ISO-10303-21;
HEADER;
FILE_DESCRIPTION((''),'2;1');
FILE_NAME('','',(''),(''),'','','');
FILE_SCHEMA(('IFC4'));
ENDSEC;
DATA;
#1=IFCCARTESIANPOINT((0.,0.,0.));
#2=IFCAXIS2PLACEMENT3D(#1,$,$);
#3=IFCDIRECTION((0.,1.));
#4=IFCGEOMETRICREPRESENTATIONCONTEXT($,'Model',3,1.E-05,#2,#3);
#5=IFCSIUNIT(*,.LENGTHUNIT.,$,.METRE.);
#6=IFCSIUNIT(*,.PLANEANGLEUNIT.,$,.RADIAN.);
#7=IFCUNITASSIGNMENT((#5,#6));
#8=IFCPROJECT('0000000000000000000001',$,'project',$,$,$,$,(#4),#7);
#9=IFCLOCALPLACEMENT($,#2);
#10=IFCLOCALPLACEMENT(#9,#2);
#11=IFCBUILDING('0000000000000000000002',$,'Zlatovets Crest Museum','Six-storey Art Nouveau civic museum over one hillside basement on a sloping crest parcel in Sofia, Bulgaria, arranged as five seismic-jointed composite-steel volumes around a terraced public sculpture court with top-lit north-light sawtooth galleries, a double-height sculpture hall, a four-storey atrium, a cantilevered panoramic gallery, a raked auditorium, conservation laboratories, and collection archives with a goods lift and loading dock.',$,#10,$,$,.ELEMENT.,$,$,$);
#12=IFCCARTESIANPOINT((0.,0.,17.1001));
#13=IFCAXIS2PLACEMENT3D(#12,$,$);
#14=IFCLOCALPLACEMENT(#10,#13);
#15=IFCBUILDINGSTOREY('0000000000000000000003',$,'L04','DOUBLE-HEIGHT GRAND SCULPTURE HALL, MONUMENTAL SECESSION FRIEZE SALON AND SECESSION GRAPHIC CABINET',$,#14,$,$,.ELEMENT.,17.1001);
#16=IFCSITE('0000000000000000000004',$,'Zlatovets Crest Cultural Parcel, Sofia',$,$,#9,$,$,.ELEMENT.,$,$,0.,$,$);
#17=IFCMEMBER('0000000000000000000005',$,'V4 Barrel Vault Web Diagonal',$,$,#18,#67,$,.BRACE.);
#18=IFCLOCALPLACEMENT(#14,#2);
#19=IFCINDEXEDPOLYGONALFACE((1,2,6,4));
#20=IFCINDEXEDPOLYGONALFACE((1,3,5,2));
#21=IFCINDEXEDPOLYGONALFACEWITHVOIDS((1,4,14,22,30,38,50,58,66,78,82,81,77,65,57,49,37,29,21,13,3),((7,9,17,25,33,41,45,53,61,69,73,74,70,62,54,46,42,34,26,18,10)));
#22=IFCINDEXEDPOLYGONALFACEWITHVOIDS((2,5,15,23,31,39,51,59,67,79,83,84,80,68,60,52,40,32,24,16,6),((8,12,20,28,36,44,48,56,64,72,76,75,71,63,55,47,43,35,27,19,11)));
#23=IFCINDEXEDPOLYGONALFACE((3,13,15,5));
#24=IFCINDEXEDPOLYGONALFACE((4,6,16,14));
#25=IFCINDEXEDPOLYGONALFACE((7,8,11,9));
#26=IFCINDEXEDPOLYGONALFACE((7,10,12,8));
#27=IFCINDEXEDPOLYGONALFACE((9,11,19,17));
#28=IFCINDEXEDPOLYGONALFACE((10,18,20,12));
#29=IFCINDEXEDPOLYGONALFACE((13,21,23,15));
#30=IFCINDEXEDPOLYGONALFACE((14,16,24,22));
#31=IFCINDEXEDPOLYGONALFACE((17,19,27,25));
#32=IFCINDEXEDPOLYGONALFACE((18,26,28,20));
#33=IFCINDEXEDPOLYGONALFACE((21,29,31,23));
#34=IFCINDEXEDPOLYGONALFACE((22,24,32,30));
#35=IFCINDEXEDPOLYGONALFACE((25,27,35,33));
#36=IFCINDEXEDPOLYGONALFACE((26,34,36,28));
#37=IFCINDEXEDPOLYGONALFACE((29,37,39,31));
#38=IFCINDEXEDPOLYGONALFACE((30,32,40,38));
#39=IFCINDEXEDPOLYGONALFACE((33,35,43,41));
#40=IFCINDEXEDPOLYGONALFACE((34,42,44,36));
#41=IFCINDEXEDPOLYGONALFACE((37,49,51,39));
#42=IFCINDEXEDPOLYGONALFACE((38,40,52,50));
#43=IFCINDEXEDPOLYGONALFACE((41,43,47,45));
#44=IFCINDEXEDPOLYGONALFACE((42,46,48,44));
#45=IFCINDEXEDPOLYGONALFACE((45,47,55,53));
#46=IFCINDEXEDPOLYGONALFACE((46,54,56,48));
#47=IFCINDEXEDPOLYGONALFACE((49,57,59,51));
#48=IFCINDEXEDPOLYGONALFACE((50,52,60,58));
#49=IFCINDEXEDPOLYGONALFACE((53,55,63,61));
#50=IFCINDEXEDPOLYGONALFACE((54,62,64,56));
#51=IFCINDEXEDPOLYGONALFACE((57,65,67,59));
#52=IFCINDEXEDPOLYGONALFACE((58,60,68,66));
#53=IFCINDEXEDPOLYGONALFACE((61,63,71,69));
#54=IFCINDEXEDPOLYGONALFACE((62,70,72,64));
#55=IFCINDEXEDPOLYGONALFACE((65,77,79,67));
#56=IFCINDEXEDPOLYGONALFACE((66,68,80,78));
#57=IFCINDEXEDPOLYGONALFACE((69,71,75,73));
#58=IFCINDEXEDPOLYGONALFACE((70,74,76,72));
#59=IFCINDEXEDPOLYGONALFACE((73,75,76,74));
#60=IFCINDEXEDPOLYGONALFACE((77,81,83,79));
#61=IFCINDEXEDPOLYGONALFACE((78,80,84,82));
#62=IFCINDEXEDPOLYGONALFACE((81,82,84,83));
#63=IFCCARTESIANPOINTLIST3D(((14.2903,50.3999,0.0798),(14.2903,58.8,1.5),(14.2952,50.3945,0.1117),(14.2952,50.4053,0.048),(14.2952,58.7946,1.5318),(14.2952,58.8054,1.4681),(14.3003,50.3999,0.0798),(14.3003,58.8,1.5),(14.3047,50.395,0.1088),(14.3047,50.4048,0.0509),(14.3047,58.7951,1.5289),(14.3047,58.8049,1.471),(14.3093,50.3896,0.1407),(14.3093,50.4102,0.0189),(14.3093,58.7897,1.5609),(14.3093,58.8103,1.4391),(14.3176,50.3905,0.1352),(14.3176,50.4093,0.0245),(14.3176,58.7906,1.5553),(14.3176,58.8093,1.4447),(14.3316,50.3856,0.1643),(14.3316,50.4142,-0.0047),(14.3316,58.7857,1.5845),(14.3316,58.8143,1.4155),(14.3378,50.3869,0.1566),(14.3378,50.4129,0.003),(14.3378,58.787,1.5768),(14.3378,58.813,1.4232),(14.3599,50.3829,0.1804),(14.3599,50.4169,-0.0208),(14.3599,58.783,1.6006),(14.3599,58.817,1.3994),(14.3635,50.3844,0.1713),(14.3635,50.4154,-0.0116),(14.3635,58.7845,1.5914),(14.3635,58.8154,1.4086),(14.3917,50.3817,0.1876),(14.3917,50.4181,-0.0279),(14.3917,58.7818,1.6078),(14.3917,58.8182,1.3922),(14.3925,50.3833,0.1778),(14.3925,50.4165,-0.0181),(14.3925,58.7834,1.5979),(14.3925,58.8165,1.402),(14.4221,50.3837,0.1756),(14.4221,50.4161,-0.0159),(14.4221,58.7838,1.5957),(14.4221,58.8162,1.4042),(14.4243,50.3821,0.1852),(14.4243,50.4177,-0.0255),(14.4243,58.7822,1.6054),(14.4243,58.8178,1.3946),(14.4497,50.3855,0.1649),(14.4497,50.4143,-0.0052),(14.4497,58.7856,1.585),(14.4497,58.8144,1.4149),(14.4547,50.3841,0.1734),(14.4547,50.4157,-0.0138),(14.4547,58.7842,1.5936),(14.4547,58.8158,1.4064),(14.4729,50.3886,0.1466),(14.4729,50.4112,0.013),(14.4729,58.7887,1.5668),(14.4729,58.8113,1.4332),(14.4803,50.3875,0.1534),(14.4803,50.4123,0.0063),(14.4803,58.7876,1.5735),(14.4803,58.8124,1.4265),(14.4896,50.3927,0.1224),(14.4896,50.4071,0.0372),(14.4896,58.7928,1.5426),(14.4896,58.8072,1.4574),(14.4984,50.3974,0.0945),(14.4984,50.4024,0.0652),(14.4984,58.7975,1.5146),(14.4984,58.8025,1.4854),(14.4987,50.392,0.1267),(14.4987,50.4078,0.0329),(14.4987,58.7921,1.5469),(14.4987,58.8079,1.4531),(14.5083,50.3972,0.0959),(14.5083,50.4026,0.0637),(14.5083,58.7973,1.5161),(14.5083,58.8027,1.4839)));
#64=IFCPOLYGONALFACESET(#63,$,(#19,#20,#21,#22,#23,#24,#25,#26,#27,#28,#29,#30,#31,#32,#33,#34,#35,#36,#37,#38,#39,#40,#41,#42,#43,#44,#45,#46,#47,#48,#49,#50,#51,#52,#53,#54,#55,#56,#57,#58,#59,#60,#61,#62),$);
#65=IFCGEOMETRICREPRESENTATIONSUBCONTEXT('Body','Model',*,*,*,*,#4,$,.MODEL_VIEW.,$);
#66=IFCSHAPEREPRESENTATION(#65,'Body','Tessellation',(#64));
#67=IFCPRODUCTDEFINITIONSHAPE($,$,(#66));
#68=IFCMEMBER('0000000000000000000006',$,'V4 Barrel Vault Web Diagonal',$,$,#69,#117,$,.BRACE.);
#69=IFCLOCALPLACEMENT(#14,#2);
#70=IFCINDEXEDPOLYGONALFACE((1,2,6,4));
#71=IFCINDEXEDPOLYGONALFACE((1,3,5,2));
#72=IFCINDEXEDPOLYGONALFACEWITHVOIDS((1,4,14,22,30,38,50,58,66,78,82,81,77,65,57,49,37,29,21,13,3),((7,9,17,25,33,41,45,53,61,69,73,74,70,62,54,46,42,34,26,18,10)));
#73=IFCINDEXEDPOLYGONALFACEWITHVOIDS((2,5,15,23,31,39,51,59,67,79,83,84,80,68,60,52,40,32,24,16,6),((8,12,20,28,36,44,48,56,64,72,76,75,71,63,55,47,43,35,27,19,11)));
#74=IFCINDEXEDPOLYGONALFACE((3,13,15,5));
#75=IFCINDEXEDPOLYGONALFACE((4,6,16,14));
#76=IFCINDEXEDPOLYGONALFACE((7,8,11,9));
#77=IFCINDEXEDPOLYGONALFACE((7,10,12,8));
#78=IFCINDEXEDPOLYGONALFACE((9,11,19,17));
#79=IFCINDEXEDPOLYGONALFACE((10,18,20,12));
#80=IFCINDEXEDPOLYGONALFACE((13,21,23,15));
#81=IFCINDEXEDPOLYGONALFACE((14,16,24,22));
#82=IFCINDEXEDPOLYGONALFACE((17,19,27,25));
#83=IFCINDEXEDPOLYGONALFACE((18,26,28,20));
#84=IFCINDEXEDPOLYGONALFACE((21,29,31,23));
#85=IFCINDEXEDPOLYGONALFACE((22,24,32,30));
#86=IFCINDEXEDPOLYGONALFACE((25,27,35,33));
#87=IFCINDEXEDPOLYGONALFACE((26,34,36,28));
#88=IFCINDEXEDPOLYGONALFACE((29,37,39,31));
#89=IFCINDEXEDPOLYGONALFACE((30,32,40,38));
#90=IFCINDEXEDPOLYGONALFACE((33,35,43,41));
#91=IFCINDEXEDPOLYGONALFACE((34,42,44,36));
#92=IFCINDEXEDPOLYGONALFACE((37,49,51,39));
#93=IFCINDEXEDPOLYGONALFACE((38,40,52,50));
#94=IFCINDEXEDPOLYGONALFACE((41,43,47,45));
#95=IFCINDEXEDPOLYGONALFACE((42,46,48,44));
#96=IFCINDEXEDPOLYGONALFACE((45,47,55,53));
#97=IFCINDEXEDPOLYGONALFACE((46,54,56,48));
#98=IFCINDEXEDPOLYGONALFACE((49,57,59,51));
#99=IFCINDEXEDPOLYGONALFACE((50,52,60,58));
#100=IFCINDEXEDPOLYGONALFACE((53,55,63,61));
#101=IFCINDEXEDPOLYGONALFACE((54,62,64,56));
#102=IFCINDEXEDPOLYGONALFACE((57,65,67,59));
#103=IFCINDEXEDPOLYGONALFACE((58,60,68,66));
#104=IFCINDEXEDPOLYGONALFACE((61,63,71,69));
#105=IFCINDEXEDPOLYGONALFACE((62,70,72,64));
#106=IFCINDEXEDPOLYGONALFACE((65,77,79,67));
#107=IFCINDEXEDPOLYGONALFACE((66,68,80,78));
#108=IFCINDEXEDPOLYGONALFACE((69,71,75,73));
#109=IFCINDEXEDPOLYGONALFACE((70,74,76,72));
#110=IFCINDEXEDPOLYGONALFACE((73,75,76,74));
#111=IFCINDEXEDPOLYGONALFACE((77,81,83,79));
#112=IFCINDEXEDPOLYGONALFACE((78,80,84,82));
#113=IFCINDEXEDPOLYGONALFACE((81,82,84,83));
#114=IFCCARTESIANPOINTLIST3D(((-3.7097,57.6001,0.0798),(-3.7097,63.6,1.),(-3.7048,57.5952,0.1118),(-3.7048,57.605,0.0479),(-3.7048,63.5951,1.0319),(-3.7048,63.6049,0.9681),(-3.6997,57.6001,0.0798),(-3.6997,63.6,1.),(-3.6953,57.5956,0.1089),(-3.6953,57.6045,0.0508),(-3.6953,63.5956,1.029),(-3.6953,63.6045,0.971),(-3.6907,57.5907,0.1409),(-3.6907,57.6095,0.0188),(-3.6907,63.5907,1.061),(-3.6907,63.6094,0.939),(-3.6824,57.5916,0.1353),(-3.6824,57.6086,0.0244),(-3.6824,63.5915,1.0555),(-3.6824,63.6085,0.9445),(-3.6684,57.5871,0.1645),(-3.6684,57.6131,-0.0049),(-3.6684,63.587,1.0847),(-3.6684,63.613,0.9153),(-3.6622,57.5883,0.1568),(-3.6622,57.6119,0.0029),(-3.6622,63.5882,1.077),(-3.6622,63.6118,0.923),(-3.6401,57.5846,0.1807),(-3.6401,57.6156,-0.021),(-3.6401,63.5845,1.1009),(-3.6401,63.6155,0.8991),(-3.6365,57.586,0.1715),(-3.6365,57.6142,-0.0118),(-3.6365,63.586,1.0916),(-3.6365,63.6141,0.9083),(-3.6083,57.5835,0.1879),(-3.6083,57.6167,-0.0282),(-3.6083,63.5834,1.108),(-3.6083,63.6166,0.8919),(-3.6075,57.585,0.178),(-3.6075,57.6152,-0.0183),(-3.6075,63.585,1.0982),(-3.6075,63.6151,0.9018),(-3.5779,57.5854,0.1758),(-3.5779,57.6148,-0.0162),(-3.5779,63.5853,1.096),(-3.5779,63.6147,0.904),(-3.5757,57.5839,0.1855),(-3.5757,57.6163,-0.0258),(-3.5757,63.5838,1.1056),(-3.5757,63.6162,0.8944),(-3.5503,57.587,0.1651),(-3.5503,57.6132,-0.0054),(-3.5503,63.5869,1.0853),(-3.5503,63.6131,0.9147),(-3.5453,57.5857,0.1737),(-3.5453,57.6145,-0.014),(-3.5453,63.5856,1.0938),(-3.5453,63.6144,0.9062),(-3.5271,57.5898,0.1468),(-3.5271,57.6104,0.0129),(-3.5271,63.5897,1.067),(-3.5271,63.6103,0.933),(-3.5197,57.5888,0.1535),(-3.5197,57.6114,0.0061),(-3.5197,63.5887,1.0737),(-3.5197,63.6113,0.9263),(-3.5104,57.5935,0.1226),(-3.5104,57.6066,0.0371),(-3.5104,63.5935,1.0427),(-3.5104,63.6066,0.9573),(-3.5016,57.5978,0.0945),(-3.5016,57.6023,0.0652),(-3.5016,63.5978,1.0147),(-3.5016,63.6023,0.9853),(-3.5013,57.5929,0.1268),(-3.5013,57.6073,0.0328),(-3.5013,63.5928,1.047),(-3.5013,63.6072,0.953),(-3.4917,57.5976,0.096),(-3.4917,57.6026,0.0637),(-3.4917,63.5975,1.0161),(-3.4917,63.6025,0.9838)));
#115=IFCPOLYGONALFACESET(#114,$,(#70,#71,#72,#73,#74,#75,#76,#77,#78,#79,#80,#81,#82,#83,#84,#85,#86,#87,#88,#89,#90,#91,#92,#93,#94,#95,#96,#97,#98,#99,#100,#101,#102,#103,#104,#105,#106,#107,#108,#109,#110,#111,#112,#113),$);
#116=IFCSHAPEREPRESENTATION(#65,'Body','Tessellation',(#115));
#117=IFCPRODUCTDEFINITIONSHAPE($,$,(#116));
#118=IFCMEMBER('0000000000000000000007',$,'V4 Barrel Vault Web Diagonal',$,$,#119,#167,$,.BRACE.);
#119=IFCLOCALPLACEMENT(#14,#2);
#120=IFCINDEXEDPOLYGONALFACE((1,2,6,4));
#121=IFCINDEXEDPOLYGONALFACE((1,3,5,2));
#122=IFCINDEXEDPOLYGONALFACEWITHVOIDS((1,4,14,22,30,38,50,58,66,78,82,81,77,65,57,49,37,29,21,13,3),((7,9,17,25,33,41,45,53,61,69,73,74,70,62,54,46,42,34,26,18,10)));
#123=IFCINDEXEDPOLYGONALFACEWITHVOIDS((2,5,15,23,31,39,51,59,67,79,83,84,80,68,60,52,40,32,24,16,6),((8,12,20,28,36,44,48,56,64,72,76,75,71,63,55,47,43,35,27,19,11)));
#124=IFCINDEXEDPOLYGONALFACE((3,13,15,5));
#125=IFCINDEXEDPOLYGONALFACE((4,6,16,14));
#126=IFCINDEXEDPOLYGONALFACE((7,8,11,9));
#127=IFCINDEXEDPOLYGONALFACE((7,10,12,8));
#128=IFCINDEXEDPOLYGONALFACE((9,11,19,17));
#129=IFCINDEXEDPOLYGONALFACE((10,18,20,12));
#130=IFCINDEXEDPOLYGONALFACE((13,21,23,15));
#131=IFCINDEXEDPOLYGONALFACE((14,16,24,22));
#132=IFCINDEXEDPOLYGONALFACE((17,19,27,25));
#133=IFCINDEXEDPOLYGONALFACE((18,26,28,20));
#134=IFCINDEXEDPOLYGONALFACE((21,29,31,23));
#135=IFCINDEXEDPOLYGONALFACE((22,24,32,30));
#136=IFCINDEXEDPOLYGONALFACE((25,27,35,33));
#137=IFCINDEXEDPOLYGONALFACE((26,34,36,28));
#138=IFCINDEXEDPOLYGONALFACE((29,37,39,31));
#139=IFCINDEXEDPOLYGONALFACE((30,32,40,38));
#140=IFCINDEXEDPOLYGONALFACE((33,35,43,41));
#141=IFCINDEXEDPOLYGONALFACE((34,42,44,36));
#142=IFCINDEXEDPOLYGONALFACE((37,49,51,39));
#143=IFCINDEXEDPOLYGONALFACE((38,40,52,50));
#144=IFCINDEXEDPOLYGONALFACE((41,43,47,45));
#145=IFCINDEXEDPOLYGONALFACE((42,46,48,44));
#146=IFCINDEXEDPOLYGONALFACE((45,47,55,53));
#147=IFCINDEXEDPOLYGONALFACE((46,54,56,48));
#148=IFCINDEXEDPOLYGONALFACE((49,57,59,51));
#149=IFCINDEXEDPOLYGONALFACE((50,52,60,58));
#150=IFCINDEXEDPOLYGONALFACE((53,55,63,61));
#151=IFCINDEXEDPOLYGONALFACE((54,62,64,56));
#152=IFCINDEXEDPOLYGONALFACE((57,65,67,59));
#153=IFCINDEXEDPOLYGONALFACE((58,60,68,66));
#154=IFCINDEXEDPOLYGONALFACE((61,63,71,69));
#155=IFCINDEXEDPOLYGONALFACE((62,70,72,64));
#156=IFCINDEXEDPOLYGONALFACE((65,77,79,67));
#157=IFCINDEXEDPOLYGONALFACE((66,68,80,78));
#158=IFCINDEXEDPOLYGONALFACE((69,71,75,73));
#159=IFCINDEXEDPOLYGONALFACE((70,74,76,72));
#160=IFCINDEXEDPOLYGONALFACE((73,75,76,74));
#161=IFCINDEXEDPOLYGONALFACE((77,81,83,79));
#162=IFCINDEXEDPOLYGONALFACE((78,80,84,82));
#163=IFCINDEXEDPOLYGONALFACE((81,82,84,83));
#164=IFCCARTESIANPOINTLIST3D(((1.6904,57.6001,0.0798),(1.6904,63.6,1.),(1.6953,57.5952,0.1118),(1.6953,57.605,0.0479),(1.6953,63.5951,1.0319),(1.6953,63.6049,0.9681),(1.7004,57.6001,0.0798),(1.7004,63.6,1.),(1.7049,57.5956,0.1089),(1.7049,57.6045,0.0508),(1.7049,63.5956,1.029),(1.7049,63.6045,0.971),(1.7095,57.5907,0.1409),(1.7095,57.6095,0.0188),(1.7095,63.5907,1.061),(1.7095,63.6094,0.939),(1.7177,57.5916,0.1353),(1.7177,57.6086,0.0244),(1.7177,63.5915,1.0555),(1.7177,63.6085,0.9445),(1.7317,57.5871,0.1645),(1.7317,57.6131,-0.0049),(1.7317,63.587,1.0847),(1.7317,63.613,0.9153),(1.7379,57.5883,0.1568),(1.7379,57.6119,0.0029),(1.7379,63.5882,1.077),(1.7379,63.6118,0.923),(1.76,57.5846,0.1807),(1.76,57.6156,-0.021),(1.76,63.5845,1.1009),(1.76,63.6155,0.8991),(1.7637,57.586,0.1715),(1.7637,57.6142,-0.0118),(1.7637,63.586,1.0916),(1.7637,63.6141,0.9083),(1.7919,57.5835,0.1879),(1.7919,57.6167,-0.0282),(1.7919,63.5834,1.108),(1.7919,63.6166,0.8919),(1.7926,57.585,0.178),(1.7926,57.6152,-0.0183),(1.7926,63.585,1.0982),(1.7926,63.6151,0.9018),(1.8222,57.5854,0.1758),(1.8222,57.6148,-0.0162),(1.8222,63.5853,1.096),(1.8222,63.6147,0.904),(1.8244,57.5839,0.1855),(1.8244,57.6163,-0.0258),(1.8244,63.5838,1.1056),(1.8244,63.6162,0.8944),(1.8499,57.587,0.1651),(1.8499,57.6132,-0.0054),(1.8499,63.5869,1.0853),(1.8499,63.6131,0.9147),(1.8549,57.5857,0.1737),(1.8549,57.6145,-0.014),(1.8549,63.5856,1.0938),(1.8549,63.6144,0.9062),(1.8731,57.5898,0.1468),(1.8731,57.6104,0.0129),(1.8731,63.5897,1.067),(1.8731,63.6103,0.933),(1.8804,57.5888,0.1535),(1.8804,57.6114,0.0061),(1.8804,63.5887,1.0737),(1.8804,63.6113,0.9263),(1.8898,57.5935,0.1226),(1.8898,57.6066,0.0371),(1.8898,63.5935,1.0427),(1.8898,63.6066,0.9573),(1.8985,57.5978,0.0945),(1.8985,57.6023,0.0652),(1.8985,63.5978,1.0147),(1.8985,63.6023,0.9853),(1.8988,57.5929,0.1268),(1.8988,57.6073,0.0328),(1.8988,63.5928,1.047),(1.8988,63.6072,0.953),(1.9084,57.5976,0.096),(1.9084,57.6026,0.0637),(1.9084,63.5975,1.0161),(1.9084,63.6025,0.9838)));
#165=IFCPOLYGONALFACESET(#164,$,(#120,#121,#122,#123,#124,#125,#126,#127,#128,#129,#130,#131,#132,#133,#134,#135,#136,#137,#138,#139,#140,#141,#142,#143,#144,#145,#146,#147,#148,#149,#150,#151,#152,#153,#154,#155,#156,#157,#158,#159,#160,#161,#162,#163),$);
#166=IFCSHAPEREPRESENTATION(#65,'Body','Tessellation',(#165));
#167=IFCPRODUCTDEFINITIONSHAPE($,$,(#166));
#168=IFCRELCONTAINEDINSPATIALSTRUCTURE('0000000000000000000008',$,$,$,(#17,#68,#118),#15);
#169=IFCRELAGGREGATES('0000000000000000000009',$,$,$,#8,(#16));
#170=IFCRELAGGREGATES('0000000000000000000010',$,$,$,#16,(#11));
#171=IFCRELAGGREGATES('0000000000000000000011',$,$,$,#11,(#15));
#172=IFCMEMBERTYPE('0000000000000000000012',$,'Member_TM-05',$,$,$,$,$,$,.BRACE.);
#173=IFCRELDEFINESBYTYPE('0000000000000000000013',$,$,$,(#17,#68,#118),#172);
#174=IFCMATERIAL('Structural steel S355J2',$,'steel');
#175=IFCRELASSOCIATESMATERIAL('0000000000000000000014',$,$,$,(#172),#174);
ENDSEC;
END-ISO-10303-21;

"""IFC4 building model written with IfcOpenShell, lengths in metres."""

from ifc_helpers import new_model, si_unit, direction, frame, origin, origin_2d, place, context, subcontext, project, spatial, hollow_circle, extrude, material, material_profile, profile_set, type_object, element, save


model = new_model("IFC4")

# Units and contexts
model_context = context("Model", 3, precision=1e-05, world=origin(), true_north=direction((0.0, 1.0)))
body_context = subcontext(model_context, "Body", "Model", "MODEL_VIEW")
ifc_project = project(units=[si_unit("LENGTHUNIT", "METRE"), si_unit("PLANEANGLEUNIT", "RADIAN")], contexts=[model_context])

# Site, building, storey
site_placement = place(None, origin())
site = spatial("IfcSite", under=ifc_project, at=site_placement, Name="Zlatovets Crest Cultural Parcel, Sofia", CompositionType="ELEMENT", RefElevation=0.0)
building_placement = place(site_placement, origin())
building = spatial("IfcBuilding", under=site, at=building_placement, Name="Zlatovets Crest Museum", Description="Six-storey Art Nouveau civic museum over one hillside basement on a sloping crest parcel in Sofia, Bulgaria, arranged as five seismic-jointed composite-steel volumes around a terraced public sculpture court with top-lit north-light sawtooth galleries, a double-height sculpture hall, a four-storey atrium, a cantilevered panoramic gallery, a raked auditorium, conservation laboratories, and collection archives with a goods lift and loading dock.", CompositionType="ELEMENT")
storey_placement = place(building_placement, frame((0.0, 0.0, 17.1001)))
storey = spatial("IfcBuildingStorey", under=building, at=storey_placement, Name="L04", Description="DOUBLE-HEIGHT GRAND SCULPTURE HALL, MONUMENTAL SECESSION FRIEZE SALON AND SECESSION GRAPHIC CABINET", CompositionType="ELEMENT", Elevation=17.1001)

# Shared definitions
ifc_material_1 = material(Name="Structural steel S355J2", Category="steel")

# Members
ifc_material_profile_1 = material_profile(ifc_material_1, hollow_circle(Radius=0.1096, WallThickness=0.01, at=origin_2d()), Name="CHS 219.1x10.0")
ifc_profile_set_1 = profile_set([ifc_material_profile_1], Name="Structural steel S355J2")
member_type_1 = type_object("IfcMemberType", Name="Member_TM-05", PredefinedType="BRACE", material=ifc_profile_set_1)
member_1_placement = place(storey_placement, frame((14.3999, 50.3999, 0.0798), z_axis=(0.0, 0.986008, 0.166699), x_axis=(-1.0, 0.0, 0.0)))
element("IfcMember", 1, at=member_1_placement, inside=storey, type_object=member_type_1, Name="V4 Barrel Vault Web Diagonal", PredefinedType="BRACE", context=body_context, shape_type="SweptSolid", body=[
    extrude(hollow_circle(Radius=0.1096, WallThickness=0.01, at=origin_2d()), origin(), (0.0, 0.0, 1.0), 8.5193),
])
for number, where, z_axis, x_axis, name in (
    (2, (-3.6001, 57.6001, 0.0798), (0.0, 0.988444, 0.151589), (-1.0, 0.0, 0.0), "V4 Barrel Vault Web Diagonal"),
    (3, (1.8, 57.6001, 0.0798), (0.0, 0.988444, 0.151589), (-1.0, 0.0, 0.0), "V4 Barrel Vault Web Diagonal"),
):
    element("IfcMember", number, at=place(storey_placement, frame(where, z_axis=z_axis, x_axis=x_axis)), inside=storey, type_object=member_type_1, Name=name, PredefinedType="BRACE", context=body_context, shape_type="SweptSolid", body=[
        extrude(hollow_circle(Radius=0.1096, WallThickness=0.01, at=origin_2d()), origin(), (0.0, 0.0, 1.0), 6.0701),
    ])

save(model, "model.ifc")
